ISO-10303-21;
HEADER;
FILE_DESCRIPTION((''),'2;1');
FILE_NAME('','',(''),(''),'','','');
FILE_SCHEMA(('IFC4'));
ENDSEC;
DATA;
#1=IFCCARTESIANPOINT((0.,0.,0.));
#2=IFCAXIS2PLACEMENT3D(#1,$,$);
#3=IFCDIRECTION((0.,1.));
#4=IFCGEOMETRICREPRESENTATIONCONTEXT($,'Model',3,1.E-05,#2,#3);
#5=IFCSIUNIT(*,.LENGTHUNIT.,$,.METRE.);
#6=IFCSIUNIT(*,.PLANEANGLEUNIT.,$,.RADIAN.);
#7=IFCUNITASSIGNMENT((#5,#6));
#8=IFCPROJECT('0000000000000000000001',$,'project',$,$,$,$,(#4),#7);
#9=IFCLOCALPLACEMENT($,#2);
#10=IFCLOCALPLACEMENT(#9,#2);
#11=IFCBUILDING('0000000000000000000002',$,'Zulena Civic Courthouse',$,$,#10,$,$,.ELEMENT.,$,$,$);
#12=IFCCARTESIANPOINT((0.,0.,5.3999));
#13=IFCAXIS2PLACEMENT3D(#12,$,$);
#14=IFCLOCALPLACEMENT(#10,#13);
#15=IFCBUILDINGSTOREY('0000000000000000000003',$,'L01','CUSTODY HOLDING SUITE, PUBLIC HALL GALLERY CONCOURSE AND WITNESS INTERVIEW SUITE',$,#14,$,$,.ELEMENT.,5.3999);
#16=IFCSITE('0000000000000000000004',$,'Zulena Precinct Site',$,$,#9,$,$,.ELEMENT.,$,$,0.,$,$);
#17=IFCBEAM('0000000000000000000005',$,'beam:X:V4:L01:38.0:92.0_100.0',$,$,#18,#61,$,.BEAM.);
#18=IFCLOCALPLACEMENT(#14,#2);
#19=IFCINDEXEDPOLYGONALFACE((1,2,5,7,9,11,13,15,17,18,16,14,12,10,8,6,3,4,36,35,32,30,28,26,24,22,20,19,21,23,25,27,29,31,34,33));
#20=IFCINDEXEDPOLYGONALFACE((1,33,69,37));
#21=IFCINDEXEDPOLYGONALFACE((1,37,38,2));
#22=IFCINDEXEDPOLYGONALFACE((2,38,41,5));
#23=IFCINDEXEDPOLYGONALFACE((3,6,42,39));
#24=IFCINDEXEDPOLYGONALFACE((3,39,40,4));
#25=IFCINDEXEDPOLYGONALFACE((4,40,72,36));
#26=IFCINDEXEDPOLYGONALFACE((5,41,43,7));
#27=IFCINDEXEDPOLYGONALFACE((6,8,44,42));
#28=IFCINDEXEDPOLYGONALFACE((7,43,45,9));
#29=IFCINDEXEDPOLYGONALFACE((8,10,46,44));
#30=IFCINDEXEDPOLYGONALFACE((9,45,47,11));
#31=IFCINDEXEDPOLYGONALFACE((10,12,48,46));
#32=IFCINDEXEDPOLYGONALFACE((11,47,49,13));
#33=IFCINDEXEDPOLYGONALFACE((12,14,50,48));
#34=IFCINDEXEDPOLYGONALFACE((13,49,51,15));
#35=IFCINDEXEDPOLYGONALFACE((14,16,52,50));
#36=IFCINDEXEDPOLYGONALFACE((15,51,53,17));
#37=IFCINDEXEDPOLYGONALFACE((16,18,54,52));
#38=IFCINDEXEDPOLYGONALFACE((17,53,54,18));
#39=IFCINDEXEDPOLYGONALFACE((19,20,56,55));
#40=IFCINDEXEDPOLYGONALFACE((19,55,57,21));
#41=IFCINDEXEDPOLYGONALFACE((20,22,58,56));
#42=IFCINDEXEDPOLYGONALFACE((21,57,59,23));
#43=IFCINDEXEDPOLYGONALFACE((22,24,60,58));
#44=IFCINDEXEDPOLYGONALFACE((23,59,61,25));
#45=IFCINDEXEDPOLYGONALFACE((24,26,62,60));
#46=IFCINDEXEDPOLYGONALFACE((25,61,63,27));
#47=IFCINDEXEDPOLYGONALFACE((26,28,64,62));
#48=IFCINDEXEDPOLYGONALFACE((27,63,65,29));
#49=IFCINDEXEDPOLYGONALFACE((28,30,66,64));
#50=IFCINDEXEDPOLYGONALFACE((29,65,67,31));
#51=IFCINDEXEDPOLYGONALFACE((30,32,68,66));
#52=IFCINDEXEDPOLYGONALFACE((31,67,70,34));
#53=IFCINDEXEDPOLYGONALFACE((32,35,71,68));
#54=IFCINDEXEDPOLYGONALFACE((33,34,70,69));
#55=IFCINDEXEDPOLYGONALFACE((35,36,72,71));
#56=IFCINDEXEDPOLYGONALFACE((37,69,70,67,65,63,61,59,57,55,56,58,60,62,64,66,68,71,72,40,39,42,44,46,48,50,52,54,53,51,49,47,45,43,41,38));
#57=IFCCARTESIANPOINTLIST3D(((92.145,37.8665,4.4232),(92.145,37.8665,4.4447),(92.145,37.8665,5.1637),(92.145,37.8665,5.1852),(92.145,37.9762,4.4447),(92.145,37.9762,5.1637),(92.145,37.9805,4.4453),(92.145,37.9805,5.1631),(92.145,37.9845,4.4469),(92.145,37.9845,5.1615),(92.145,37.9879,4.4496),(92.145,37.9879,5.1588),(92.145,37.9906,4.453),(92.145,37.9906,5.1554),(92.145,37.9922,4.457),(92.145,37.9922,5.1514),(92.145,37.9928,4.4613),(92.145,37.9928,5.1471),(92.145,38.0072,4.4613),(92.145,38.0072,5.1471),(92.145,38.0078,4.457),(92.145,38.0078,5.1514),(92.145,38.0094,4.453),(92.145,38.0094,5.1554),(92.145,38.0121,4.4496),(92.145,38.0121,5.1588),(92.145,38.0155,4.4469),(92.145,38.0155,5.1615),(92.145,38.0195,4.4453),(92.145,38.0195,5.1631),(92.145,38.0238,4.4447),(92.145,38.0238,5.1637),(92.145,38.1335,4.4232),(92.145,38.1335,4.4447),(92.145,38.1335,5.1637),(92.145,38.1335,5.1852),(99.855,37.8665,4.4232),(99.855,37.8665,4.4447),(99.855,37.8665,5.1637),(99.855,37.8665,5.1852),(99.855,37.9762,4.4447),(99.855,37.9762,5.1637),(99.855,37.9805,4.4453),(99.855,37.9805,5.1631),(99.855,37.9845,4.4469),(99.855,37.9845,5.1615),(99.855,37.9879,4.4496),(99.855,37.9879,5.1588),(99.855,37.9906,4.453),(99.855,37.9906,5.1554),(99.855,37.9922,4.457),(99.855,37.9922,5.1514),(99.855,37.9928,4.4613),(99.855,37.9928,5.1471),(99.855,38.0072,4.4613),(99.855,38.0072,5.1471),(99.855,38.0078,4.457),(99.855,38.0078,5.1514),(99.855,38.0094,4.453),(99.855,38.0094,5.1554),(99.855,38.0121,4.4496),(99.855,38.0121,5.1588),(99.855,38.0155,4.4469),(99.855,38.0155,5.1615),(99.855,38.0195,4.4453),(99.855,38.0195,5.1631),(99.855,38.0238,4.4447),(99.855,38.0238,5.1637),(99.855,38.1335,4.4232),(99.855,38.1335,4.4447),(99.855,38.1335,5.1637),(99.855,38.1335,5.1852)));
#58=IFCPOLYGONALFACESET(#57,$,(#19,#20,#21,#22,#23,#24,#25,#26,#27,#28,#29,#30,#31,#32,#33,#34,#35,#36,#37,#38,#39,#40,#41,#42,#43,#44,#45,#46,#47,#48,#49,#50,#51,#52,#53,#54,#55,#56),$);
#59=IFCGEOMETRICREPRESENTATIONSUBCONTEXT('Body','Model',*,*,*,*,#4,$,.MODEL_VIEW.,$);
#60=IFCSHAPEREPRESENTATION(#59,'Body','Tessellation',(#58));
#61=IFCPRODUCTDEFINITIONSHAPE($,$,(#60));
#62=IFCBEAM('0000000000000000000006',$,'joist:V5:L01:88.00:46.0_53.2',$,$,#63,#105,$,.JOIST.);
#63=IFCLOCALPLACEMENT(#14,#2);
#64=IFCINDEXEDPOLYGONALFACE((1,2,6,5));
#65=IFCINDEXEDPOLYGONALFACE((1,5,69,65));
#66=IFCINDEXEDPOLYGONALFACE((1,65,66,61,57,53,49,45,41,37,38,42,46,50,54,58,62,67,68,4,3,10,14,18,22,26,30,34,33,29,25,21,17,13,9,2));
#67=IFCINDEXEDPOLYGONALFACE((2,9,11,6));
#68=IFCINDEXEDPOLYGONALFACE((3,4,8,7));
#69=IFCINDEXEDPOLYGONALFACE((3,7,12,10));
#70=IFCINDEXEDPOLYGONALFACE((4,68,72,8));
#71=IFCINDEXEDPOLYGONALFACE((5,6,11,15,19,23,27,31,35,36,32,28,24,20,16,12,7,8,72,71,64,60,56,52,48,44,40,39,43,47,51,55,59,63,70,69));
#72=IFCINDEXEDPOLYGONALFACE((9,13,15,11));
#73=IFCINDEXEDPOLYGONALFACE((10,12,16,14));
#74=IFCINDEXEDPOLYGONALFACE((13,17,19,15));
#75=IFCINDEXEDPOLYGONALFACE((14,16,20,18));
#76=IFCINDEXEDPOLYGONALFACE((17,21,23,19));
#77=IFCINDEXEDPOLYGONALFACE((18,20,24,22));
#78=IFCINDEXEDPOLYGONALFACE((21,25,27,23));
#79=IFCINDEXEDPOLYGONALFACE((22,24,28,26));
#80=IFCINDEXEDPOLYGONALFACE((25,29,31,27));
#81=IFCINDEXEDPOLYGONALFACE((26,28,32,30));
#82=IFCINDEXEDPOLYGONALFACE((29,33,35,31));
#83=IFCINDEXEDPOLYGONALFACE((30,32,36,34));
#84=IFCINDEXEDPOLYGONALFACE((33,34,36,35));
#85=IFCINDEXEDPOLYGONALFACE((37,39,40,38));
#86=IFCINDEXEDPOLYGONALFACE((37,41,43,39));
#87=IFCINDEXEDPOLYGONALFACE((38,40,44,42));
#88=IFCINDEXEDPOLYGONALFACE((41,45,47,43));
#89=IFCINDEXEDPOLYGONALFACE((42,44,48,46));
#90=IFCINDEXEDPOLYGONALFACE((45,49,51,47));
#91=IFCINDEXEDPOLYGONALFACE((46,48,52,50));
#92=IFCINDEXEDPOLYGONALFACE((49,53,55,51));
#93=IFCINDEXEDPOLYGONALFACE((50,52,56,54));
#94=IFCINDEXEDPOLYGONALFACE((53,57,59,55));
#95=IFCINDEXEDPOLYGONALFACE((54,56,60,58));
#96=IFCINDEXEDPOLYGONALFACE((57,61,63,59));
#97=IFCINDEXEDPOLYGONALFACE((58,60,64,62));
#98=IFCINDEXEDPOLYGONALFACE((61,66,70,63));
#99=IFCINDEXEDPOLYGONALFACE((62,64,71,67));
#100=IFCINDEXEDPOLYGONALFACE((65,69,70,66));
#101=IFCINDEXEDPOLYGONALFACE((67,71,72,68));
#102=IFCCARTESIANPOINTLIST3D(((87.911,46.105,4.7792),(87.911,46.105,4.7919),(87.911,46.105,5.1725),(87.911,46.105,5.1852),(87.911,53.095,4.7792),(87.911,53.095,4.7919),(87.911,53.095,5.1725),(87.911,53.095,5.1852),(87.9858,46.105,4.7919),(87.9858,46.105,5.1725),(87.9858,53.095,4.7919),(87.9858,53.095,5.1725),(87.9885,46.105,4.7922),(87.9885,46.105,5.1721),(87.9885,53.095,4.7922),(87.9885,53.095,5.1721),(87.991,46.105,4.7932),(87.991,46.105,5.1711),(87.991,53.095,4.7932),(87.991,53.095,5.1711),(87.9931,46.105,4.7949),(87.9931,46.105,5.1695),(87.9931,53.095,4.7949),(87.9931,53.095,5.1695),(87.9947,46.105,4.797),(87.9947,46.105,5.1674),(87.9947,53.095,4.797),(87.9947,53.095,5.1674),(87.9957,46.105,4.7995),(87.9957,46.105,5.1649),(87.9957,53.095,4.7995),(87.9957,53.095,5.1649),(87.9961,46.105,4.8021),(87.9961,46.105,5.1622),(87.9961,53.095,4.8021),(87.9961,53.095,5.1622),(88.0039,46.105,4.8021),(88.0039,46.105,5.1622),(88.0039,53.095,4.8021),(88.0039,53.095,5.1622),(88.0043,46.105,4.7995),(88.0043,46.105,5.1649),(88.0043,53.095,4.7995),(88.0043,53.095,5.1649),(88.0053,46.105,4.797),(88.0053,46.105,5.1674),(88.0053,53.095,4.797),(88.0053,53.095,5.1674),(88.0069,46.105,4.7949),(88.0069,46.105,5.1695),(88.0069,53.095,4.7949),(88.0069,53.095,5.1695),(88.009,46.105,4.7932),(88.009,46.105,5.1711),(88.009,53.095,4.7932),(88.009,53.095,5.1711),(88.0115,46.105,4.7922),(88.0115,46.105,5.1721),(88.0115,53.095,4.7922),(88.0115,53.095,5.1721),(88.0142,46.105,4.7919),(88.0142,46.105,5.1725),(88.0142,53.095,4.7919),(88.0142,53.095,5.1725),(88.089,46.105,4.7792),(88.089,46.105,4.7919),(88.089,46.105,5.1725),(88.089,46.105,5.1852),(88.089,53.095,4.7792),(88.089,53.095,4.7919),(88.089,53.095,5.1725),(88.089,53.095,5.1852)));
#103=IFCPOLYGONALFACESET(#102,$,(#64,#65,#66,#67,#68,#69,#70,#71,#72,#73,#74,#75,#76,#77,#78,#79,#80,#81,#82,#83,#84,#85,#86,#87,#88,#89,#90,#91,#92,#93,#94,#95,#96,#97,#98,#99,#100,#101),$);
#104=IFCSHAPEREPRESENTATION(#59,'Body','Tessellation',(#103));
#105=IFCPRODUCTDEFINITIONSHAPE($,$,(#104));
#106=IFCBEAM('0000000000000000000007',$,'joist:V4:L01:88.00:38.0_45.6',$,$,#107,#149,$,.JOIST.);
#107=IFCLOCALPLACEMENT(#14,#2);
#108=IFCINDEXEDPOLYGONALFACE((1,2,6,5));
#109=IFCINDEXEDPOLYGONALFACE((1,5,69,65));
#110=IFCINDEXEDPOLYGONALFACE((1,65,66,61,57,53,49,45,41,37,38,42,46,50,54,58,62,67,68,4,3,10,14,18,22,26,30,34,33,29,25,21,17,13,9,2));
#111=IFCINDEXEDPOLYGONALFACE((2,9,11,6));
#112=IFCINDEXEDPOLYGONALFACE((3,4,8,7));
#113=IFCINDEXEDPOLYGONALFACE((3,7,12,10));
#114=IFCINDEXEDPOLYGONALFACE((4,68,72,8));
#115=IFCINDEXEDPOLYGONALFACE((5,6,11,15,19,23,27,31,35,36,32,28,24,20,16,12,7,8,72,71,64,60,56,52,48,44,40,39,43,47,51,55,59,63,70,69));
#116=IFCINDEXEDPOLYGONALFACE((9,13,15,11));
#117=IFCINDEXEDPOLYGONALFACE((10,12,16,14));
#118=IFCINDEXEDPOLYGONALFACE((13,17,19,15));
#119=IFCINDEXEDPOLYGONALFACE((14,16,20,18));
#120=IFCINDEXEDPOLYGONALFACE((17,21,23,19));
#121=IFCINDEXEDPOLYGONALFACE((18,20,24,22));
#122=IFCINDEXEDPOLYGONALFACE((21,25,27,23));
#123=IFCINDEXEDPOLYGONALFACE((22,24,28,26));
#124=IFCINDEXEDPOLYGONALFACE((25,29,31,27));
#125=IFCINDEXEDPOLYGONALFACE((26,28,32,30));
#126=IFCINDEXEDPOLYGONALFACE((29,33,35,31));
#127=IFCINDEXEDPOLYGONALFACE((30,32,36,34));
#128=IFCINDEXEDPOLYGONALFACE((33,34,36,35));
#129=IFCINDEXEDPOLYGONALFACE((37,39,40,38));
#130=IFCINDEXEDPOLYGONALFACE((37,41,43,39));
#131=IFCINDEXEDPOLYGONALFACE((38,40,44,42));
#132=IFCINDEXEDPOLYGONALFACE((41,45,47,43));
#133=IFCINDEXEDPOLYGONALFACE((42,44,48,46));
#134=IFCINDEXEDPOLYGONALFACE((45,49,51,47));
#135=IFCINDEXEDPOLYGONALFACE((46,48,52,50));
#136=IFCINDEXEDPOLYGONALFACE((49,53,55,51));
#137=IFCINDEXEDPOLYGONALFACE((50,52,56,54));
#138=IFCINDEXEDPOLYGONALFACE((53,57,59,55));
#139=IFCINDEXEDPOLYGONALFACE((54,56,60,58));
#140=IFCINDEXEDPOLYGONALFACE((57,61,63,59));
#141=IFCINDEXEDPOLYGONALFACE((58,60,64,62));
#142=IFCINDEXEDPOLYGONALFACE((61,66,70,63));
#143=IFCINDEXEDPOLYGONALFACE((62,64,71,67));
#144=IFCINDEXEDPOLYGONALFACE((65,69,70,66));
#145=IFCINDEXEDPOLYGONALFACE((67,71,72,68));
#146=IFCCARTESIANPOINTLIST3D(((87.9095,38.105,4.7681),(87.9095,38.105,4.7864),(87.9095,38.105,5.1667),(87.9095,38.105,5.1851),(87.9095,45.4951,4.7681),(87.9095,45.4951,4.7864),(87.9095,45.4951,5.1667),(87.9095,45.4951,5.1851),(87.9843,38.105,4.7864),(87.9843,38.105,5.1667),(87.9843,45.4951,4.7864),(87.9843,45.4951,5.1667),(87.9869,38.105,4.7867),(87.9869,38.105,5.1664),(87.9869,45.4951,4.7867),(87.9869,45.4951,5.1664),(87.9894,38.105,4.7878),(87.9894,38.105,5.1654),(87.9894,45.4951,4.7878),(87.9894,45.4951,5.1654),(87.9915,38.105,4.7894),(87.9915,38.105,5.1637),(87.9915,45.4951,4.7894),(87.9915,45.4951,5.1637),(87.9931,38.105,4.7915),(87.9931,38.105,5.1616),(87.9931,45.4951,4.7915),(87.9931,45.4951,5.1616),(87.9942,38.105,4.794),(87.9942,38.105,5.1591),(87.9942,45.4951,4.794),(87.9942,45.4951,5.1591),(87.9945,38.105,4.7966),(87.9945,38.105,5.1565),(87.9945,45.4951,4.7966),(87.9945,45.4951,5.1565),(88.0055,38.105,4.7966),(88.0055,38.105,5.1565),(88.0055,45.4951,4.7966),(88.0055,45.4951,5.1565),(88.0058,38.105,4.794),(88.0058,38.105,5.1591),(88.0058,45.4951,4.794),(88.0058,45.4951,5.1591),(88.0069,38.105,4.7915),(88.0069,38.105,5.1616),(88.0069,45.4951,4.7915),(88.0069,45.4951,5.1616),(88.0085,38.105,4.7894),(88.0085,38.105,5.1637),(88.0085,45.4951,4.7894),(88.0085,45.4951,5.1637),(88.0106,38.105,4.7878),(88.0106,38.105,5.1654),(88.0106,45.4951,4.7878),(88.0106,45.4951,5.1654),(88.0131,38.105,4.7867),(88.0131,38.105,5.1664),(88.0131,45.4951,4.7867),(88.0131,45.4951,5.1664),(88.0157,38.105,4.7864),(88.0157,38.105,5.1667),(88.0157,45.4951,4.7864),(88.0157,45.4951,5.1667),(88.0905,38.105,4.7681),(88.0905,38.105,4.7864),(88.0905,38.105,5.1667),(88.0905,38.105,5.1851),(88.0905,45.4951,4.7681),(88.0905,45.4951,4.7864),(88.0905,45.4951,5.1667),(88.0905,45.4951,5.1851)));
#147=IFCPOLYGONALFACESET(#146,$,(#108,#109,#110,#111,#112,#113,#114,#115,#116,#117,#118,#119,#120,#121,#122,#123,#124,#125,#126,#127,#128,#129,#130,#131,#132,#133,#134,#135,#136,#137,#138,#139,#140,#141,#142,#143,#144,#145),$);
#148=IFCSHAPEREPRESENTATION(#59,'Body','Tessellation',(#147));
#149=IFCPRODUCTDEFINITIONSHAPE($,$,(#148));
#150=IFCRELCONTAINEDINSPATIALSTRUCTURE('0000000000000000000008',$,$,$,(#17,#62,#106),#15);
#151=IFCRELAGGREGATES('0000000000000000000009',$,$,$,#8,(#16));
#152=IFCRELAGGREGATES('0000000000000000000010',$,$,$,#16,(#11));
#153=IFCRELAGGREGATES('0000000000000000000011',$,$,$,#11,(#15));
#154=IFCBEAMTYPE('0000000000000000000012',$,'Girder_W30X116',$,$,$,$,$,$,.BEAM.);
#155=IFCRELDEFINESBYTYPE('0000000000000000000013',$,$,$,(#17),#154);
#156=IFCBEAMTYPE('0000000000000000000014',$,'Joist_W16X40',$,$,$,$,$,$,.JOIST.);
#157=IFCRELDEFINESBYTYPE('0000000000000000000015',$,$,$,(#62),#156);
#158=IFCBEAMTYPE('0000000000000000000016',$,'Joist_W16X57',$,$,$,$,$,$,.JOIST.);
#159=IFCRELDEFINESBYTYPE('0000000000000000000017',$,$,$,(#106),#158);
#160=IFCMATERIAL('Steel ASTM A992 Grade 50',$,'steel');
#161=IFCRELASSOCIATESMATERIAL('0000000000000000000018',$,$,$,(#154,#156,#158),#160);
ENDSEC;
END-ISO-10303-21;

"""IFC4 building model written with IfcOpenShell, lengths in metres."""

from ifc_helpers import new_model, si_unit, direction, frame, origin, origin_2d, place, context, subcontext, project, spatial, i_section, extrude, material, material_profile, profile_set, type_object, element, save


model = new_model("IFC4")

# Units and contexts
model_context = context("Model", 3, precision=1e-05, world=origin(), true_north=direction((0.0, 1.0)))
body_context = subcontext(model_context, "Body", "Model", "MODEL_VIEW")
ifc_project = project(units=[si_unit("LENGTHUNIT", "METRE"), si_unit("PLANEANGLEUNIT", "RADIAN")], contexts=[model_context])

# Site, building, storey
site_placement = place(None, origin())
site = spatial("IfcSite", under=ifc_project, at=site_placement, Name="Zulena Precinct Site", CompositionType="ELEMENT", RefElevation=0.0)
building_placement = place(site_placement, origin())
building = spatial("IfcBuilding", under=site, at=building_placement, Name="Zulena Civic Courthouse", CompositionType="ELEMENT")
storey_placement = place(building_placement, frame((0.0, 0.0, 5.3999)))
storey = spatial("IfcBuildingStorey", under=building, at=storey_placement, Name="L01", Description="CUSTODY HOLDING SUITE, PUBLIC HALL GALLERY CONCOURSE AND WITNESS INTERVIEW SUITE", CompositionType="ELEMENT", Elevation=5.3999)

# Shared definitions
ifc_material_1 = material(Name="Steel ASTM A992 Grade 50", Category="steel")

# Beams
ifc_material_profile_1 = material_profile(ifc_material_1, i_section(OverallWidth=0.2671, OverallDepth=0.762, WebThickness=0.0144, FlangeThickness=0.0215, FilletRadius=0.0166, at=origin_2d()), Name="W30X116")
ifc_profile_set_1 = profile_set([ifc_material_profile_1], Name="Steel ASTM A992 Grade 50")
beam_type_1 = type_object("IfcBeamType", Name="Girder_W30X116", PredefinedType="BEAM", material=ifc_profile_set_1)
for number, where, z_axis, x_axis, name in (
    (1, (92.145, 38.0, 4.8042), (1.0, 0.0, 0.0), (0.0, 1.0, 0.0), "beam:X:V4:L01:38.0:92.0_100.0"),
):
    element("IfcBeam", number, at=place(storey_placement, frame(where, z_axis=z_axis, x_axis=x_axis)), inside=storey, type_object=beam_type_1, Name=name, PredefinedType="BEAM", context=body_context, shape_type="SweptSolid", body=[
        extrude(i_section(OverallWidth=0.2671, OverallDepth=0.762, WebThickness=0.0144, FlangeThickness=0.0215, FilletRadius=0.0166, at=origin_2d()), origin(), (0.0, 0.0, 1.0), 7.71),
    ])
ifc_material_profile_2 = material_profile(ifc_material_1, i_section(OverallWidth=0.178, OverallDepth=0.406, WebThickness=0.0078, FlangeThickness=0.0127, FilletRadius=0.0103, at=origin_2d()), Name="W16X40")
ifc_profile_set_2 = profile_set([ifc_material_profile_2], Name="Steel ASTM A992 Grade 50")
beam_type_2 = type_object("IfcBeamType", Name="Joist_W16X40", PredefinedType="JOIST", material=ifc_profile_set_2)
beam_1_placement = place(storey_placement, frame((88.0, 46.105, 4.9822), z_axis=(0.0, 1.0, 0.0), x_axis=(-1.0, 0.0, 0.0)))
element("IfcBeam", 2, at=beam_1_placement, inside=storey, type_object=beam_type_2, Name="joist:V5:L01:88.00:46.0_53.2", PredefinedType="JOIST", context=body_context, shape_type="SweptSolid", body=[
    extrude(i_section(OverallWidth=0.178, OverallDepth=0.406, WebThickness=0.0078, FlangeThickness=0.0127, FilletRadius=0.0103, at=origin_2d()), origin(), (0.0, 0.0, 1.0), 6.99),
])
ifc_material_profile_3 = material_profile(ifc_material_1, i_section(OverallWidth=0.1809, OverallDepth=0.417, WebThickness=0.011, FlangeThickness=0.0183, FilletRadius=0.0103, at=origin_2d()), Name="W16X57")
ifc_profile_set_3 = profile_set([ifc_material_profile_3], Name="Steel ASTM A992 Grade 50")
beam_type_3 = type_object("IfcBeamType", Name="Joist_W16X57", PredefinedType="JOIST", material=ifc_profile_set_3)
beam_2_placement = place(storey_placement, frame((88.0, 38.105, 4.9766), z_axis=(0.0, 1.0, 0.0), x_axis=(-1.0, 0.0, 0.0)))
element("IfcBeam", 3, at=beam_2_placement, inside=storey, type_object=beam_type_3, Name="joist:V4:L01:88.00:38.0_45.6", PredefinedType="JOIST", context=body_context, shape_type="SweptSolid", body=[
    extrude(i_section(OverallWidth=0.1809, OverallDepth=0.417, WebThickness=0.011, FlangeThickness=0.0183, FilletRadius=0.0103, at=origin_2d()), origin(), (0.0, 0.0, 1.0), 7.3901),
])

save(model, "model.ifc")
